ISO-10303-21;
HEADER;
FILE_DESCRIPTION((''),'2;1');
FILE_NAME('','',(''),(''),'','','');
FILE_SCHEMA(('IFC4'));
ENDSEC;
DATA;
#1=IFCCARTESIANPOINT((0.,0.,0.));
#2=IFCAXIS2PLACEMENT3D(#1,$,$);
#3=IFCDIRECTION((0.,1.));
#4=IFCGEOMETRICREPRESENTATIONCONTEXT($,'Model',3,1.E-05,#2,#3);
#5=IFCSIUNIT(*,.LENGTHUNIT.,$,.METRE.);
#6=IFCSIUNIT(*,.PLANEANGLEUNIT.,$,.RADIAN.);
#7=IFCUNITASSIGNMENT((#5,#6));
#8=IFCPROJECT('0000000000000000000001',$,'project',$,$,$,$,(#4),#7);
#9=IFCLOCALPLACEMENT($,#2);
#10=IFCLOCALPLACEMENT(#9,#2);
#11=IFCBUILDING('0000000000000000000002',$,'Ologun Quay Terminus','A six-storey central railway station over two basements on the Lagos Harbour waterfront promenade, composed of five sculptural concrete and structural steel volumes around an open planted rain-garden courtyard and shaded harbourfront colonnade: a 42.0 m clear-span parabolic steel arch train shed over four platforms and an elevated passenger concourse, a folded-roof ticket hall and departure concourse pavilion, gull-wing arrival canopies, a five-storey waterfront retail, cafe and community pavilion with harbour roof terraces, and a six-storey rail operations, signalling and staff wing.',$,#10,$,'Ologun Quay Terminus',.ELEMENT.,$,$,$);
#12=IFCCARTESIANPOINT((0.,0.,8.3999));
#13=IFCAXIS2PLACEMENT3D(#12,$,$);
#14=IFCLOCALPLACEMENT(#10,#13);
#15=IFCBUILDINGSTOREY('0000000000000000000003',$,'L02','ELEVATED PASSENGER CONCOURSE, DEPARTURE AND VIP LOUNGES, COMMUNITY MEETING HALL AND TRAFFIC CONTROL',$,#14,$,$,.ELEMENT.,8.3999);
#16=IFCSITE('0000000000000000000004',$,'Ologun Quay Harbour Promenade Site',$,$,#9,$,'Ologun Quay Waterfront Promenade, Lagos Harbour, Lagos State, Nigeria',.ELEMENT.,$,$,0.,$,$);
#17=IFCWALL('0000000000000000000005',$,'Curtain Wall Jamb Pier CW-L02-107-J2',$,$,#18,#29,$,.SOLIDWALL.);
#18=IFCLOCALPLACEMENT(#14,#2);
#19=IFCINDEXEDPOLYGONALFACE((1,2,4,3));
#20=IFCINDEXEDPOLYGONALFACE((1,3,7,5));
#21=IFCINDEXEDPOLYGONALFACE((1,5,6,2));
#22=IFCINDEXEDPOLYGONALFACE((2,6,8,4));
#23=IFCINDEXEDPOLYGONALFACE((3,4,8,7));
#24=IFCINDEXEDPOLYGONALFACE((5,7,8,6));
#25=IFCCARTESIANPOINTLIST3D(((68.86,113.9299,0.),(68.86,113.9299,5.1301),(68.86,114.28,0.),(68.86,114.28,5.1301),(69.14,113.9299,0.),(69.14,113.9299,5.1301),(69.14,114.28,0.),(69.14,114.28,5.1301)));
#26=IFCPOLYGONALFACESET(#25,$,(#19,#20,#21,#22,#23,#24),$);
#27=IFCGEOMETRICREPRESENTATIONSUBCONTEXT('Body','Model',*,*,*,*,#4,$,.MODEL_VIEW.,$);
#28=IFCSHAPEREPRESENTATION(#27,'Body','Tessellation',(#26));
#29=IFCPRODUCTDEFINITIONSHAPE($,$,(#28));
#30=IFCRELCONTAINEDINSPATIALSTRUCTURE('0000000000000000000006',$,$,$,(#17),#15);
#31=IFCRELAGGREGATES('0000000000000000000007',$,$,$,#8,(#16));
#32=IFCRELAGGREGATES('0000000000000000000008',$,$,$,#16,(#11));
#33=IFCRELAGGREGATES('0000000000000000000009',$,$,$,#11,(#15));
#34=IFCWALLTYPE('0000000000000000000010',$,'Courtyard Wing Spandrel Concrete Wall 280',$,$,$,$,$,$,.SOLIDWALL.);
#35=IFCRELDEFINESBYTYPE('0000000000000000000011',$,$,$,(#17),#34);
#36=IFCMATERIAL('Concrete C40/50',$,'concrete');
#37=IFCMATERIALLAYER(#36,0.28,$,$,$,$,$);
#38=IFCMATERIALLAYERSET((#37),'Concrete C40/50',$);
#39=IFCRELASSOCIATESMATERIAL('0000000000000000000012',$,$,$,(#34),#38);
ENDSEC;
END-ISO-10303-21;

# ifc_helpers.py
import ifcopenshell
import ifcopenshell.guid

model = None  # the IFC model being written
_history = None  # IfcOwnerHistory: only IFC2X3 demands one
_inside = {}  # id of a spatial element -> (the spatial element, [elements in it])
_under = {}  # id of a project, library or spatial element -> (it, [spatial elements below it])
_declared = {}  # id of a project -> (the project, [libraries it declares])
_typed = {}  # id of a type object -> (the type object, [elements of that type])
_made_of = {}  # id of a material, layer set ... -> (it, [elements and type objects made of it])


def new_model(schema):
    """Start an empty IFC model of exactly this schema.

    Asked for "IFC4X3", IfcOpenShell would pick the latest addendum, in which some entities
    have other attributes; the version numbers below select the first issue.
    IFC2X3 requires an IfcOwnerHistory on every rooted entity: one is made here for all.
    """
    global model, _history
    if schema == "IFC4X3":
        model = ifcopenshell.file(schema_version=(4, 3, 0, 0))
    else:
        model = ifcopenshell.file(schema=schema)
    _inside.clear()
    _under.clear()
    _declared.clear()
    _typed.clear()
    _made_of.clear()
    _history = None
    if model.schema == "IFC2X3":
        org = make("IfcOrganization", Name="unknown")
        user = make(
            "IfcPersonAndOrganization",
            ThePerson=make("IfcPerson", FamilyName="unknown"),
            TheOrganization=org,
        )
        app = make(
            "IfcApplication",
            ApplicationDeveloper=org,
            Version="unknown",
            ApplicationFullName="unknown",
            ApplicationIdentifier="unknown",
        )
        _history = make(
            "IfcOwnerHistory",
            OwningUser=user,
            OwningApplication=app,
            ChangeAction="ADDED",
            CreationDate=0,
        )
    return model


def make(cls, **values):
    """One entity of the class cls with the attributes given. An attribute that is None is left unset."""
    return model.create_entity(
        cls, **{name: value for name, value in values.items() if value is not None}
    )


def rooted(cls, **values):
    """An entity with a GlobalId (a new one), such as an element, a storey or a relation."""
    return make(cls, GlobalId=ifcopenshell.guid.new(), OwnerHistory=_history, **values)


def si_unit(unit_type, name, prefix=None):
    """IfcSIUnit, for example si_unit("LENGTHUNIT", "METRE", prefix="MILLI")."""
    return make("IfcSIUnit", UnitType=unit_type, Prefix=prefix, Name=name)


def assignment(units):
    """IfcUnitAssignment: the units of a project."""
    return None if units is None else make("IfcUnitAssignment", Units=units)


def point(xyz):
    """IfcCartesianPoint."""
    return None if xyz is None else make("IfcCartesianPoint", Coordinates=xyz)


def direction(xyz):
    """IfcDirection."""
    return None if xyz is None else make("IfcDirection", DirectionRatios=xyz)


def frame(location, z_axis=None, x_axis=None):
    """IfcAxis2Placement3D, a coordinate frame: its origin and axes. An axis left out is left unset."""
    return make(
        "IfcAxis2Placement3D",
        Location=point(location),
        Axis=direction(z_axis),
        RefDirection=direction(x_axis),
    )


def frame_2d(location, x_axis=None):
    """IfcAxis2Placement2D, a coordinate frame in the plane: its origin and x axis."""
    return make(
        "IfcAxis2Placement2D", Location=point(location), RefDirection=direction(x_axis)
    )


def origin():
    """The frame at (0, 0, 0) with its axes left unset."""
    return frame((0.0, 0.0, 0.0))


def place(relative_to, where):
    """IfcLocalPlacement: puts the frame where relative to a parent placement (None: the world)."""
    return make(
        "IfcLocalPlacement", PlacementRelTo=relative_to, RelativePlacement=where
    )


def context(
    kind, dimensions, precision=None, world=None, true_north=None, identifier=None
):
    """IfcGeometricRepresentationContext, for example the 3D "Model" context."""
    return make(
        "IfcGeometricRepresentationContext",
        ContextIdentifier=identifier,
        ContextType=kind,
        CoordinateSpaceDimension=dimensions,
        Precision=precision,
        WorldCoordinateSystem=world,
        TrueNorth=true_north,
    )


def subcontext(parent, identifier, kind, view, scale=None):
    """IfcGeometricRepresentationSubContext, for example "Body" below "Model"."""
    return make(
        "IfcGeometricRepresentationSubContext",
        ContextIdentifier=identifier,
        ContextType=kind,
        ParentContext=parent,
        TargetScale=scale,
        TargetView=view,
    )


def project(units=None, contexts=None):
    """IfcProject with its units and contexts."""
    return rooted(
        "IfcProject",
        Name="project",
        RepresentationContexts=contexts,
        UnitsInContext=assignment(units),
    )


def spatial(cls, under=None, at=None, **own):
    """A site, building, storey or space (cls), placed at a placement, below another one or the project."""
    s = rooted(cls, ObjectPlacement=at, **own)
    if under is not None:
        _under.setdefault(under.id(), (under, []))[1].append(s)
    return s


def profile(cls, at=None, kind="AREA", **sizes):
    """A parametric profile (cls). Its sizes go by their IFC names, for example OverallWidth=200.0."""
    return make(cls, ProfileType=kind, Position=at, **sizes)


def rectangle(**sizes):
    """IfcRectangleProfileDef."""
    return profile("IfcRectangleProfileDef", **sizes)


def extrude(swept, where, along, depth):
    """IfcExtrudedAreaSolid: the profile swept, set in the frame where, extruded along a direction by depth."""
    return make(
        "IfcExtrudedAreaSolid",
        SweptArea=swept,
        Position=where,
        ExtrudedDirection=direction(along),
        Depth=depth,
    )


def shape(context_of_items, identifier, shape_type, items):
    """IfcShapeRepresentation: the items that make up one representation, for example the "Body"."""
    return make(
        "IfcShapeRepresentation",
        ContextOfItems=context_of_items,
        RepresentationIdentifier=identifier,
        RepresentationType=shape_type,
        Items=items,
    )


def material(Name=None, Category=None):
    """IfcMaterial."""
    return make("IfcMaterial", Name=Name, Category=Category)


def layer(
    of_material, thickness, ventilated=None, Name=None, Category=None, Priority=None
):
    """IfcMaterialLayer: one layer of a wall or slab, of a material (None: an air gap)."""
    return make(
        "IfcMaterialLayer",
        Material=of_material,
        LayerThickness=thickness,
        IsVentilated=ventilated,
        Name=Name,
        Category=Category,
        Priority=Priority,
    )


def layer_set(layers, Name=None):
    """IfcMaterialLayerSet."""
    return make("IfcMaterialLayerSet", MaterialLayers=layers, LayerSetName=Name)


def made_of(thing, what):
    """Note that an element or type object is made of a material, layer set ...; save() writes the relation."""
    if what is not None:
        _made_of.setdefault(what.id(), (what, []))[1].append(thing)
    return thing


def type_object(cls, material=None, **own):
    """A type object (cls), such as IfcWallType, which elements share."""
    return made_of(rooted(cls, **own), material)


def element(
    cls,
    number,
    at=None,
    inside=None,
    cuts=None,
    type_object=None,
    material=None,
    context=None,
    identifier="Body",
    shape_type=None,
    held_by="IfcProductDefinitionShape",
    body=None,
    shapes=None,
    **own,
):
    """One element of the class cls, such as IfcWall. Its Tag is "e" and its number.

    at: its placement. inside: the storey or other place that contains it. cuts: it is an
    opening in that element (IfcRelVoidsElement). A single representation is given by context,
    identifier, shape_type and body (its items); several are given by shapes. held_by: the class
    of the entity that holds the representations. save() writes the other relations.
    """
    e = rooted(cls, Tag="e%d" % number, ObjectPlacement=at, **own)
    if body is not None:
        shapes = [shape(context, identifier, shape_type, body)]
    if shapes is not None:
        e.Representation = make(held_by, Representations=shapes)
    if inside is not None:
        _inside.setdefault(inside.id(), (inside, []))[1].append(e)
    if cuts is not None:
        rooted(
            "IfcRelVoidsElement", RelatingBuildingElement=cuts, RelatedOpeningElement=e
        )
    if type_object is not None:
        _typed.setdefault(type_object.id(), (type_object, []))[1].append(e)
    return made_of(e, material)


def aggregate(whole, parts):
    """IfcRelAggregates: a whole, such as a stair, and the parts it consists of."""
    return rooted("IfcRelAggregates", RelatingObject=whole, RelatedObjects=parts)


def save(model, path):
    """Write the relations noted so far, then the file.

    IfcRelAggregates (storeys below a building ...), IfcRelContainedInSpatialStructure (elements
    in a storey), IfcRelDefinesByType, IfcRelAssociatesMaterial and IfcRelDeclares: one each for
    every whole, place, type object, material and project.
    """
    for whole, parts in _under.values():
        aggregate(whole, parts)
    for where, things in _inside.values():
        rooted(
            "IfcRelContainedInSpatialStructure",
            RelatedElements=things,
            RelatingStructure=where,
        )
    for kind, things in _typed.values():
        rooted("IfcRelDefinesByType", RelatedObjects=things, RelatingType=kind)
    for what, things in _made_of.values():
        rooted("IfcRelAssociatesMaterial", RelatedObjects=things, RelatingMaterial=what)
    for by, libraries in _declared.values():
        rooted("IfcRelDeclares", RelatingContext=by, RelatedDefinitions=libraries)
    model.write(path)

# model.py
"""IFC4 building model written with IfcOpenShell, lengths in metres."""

from ifc_helpers import new_model, si_unit, direction, frame, frame_2d, origin, place, context, subcontext, project, spatial, rectangle, extrude, material, layer, layer_set, type_object, element, save


model = new_model("IFC4")

# Units and contexts
model_context = context("Model", 3, precision=1e-05, world=origin(), true_north=direction((0.0, 1.0)))
body_context = subcontext(model_context, "Body", "Model", "MODEL_VIEW")
ifc_project = project(units=[si_unit("LENGTHUNIT", "METRE"), si_unit("PLANEANGLEUNIT", "RADIAN")], contexts=[model_context])

# Site, building, storey
site_placement = place(None, origin())
site = spatial("IfcSite", under=ifc_project, at=site_placement, Name="Ologun Quay Harbour Promenade Site", LongName="Ologun Quay Waterfront Promenade, Lagos Harbour, Lagos State, Nigeria", CompositionType="ELEMENT", RefElevation=0.0)
building_placement = place(site_placement, origin())
building = spatial("IfcBuilding", under=site, at=building_placement, Name="Ologun Quay Terminus", Description="A six-storey central railway station over two basements on the Lagos Harbour waterfront promenade, composed of five sculptural concrete and structural steel volumes around an open planted rain-garden courtyard and shaded harbourfront colonnade: a 42.0 m clear-span parabolic steel arch train shed over four platforms and an elevated passenger concourse, a folded-roof ticket hall and departure concourse pavilion, gull-wing arrival canopies, a five-storey waterfront retail, cafe and community pavilion with harbour roof terraces, and a six-storey rail operations, signalling and staff wing.", LongName="Ologun Quay Terminus", CompositionType="ELEMENT")
storey_placement = place(building_placement, frame((0.0, 0.0, 8.3999)))
storey = spatial("IfcBuildingStorey", under=building, at=storey_placement, Name="L02", Description="ELEVATED PASSENGER CONCOURSE, DEPARTURE AND VIP LOUNGES, COMMUNITY MEETING HALL AND TRAFFIC CONTROL", CompositionType="ELEMENT", Elevation=8.3999)

# Wall
ifc_material_1 = material(Name="Concrete C40/50", Category="concrete")
ifc_layer_1 = layer(ifc_material_1, 0.28)
ifc_layer_set_1 = layer_set([ifc_layer_1], Name="Concrete C40/50")
wall_type = type_object("IfcWallType", Name="Courtyard Wing Spandrel Concrete Wall 280", PredefinedType="SOLIDWALL", material=ifc_layer_set_1)
wall_1_placement = place(storey_placement, frame((69.0, 113.9299, 0.0), z_axis=(0.0, 0.0, 1.0), x_axis=(0.0, 1.0, 0.0)))
element("IfcWall", 1, at=wall_1_placement, inside=storey, type_object=wall_type, Name="Curtain Wall Jamb Pier CW-L02-107-J2", PredefinedType="SOLIDWALL", context=body_context, shape_type="SweptSolid", body=[
    extrude(rectangle(XDim=0.3501, YDim=0.28, at=frame_2d((0.175, 0.0))), origin(), (0.0, 0.0, 1.0), 5.1301),
])

save(model, "model.ifc")
